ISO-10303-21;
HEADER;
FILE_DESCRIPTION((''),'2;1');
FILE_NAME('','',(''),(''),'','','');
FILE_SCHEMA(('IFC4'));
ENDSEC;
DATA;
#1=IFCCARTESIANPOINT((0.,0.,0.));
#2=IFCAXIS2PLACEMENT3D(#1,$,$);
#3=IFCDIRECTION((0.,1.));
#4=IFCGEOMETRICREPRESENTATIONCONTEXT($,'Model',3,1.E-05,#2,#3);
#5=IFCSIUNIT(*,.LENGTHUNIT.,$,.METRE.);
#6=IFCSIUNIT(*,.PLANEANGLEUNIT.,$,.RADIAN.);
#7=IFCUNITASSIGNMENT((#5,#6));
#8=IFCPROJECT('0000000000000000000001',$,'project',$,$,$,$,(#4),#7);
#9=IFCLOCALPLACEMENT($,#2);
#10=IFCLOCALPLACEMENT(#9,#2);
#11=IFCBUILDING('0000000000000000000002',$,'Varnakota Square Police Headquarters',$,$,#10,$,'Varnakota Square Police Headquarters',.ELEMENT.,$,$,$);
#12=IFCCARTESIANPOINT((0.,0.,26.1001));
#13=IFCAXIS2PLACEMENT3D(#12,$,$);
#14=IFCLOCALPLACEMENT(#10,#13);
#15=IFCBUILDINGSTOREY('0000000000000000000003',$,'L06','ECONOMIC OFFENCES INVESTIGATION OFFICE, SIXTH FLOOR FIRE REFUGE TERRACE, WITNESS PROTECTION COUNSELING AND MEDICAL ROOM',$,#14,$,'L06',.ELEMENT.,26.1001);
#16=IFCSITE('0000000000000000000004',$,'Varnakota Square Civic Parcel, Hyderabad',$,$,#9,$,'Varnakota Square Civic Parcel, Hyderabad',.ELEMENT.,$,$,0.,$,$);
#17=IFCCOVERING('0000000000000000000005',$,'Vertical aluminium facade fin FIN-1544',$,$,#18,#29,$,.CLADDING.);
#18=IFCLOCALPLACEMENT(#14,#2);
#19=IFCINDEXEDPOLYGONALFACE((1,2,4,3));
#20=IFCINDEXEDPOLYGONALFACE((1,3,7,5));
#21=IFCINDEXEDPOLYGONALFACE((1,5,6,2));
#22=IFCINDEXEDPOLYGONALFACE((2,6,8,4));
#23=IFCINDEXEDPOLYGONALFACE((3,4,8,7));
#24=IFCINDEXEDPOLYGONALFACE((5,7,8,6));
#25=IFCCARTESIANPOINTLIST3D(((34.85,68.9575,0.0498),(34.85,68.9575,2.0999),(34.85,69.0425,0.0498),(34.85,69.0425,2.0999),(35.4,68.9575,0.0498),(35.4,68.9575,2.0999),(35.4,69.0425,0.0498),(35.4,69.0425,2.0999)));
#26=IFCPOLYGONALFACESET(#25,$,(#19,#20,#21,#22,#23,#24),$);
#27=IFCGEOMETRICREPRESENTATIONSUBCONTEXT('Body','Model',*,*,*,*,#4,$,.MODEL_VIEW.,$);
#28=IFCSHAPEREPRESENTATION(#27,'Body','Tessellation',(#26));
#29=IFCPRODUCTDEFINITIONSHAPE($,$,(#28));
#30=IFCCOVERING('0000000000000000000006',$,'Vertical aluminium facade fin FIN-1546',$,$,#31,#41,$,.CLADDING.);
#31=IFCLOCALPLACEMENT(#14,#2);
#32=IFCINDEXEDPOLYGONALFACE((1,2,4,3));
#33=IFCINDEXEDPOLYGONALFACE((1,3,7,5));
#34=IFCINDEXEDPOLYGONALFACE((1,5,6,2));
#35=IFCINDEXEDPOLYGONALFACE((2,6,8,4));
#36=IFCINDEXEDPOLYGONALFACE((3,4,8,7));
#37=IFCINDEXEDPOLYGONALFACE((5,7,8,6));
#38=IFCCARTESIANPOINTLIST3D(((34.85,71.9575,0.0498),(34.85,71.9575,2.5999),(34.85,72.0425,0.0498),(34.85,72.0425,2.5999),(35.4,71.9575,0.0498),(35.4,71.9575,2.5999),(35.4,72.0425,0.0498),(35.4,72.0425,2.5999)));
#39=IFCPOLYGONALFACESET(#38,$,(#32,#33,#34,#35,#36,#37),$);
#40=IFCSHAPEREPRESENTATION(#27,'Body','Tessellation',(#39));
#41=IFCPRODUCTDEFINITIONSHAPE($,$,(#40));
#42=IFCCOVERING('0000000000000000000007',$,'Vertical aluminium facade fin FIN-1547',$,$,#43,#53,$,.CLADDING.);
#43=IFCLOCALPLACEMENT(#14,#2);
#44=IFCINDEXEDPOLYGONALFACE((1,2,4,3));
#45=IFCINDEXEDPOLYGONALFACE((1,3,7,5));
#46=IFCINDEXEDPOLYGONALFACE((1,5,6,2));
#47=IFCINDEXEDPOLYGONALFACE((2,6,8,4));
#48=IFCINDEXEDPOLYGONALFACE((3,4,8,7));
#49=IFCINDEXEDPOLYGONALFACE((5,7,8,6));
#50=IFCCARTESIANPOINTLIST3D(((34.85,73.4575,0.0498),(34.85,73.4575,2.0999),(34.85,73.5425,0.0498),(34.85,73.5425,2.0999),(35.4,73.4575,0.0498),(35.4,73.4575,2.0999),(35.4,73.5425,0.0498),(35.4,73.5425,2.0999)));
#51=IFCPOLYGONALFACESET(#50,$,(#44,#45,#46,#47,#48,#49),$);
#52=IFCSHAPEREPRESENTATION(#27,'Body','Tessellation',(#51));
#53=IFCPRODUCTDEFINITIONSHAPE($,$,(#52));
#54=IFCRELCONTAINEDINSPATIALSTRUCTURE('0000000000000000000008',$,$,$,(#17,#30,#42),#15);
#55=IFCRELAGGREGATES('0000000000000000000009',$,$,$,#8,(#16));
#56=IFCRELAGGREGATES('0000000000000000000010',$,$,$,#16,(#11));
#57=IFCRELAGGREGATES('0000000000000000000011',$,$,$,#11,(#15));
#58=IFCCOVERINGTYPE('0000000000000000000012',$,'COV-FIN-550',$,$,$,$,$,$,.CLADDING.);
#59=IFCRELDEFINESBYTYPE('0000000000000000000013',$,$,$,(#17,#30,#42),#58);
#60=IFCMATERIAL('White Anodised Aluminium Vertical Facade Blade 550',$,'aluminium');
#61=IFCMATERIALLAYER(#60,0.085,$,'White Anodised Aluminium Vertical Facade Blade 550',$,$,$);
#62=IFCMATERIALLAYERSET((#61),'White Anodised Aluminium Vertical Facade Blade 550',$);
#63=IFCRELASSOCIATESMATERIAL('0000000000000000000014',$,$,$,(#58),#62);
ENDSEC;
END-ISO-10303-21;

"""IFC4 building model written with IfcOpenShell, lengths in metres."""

from ifc_helpers import new_model, si_unit, direction, frame, origin, origin_2d, place, context, subcontext, project, spatial, rectangle, extrude, material, layer, layer_set, type_object, element, save


model = new_model("IFC4")

# Units and contexts
model_context = context("Model", 3, precision=1e-05, world=origin(), true_north=direction((0.0, 1.0)))
body_context = subcontext(model_context, "Body", "Model", "MODEL_VIEW")
ifc_project = project(units=[si_unit("LENGTHUNIT", "METRE"), si_unit("PLANEANGLEUNIT", "RADIAN")], contexts=[model_context])

# Site, building, storey
site_placement = place(None, origin())
site = spatial("IfcSite", under=ifc_project, at=site_placement, Name="Varnakota Square Civic Parcel, Hyderabad", LongName="Varnakota Square Civic Parcel, Hyderabad", CompositionType="ELEMENT", RefElevation=0.0)
building_placement = place(site_placement, origin())
building = spatial("IfcBuilding", under=site, at=building_placement, Name="Varnakota Square Police Headquarters", LongName="Varnakota Square Police Headquarters", CompositionType="ELEMENT")
storey_placement = place(building_placement, frame((0.0, 0.0, 26.1001)))
storey = spatial("IfcBuildingStorey", under=building, at=storey_placement, Name="L06", Description="ECONOMIC OFFENCES INVESTIGATION OFFICE, SIXTH FLOOR FIRE REFUGE TERRACE, WITNESS PROTECTION COUNSELING AND MEDICAL ROOM", LongName="L06", CompositionType="ELEMENT", Elevation=26.1001)

# Coverings
ifc_material_1 = material(Name="White Anodised Aluminium Vertical Facade Blade 550", Category="aluminium")
ifc_layer_1 = layer(ifc_material_1, 0.085, Name="White Anodised Aluminium Vertical Facade Blade 550")
ifc_layer_set_1 = layer_set([ifc_layer_1], Name="White Anodised Aluminium Vertical Facade Blade 550")
covering_type_1 = type_object("IfcCoveringType", Name="COV-FIN-550", PredefinedType="CLADDING", material=ifc_layer_set_1)
covering_1_placement = place(storey_placement, frame((35.125, 69.0, 0.0498), z_axis=(0.0, 0.0, 1.0), x_axis=(0.0, 1.0, 0.0)))
element("IfcCovering", 1, at=covering_1_placement, inside=storey, type_object=covering_type_1, Name="Vertical aluminium facade fin FIN-1544", PredefinedType="CLADDING", context=body_context, shape_type="SweptSolid", body=[
    extrude(rectangle(XDim=0.085, YDim=0.55, at=origin_2d()), origin(), (0.0, 0.0, 1.0), 2.05),
])
covering_2_placement = place(storey_placement, frame((35.125, 72.0, 0.0498), z_axis=(0.0, 0.0, 1.0), x_axis=(0.0, 1.0, 0.0)))
element("IfcCovering", 2, at=covering_2_placement, inside=storey, type_object=covering_type_1, Name="Vertical aluminium facade fin FIN-1546", PredefinedType="CLADDING", context=body_context, shape_type="SweptSolid", body=[
    extrude(rectangle(XDim=0.085, YDim=0.55, at=origin_2d()), origin(), (0.0, 0.0, 1.0), 2.55),
])
covering_3_placement = place(storey_placement, frame((35.125, 73.5, 0.0498), z_axis=(0.0, 0.0, 1.0), x_axis=(0.0, 1.0, 0.0)))
element("IfcCovering", 3, at=covering_3_placement, inside=storey, type_object=covering_type_1, Name="Vertical aluminium facade fin FIN-1547", PredefinedType="CLADDING", context=body_context, shape_type="SweptSolid", body=[
    extrude(rectangle(XDim=0.085, YDim=0.55, at=origin_2d()), origin(), (0.0, 0.0, 1.0), 2.05),
])

save(model, "model.ifc")
